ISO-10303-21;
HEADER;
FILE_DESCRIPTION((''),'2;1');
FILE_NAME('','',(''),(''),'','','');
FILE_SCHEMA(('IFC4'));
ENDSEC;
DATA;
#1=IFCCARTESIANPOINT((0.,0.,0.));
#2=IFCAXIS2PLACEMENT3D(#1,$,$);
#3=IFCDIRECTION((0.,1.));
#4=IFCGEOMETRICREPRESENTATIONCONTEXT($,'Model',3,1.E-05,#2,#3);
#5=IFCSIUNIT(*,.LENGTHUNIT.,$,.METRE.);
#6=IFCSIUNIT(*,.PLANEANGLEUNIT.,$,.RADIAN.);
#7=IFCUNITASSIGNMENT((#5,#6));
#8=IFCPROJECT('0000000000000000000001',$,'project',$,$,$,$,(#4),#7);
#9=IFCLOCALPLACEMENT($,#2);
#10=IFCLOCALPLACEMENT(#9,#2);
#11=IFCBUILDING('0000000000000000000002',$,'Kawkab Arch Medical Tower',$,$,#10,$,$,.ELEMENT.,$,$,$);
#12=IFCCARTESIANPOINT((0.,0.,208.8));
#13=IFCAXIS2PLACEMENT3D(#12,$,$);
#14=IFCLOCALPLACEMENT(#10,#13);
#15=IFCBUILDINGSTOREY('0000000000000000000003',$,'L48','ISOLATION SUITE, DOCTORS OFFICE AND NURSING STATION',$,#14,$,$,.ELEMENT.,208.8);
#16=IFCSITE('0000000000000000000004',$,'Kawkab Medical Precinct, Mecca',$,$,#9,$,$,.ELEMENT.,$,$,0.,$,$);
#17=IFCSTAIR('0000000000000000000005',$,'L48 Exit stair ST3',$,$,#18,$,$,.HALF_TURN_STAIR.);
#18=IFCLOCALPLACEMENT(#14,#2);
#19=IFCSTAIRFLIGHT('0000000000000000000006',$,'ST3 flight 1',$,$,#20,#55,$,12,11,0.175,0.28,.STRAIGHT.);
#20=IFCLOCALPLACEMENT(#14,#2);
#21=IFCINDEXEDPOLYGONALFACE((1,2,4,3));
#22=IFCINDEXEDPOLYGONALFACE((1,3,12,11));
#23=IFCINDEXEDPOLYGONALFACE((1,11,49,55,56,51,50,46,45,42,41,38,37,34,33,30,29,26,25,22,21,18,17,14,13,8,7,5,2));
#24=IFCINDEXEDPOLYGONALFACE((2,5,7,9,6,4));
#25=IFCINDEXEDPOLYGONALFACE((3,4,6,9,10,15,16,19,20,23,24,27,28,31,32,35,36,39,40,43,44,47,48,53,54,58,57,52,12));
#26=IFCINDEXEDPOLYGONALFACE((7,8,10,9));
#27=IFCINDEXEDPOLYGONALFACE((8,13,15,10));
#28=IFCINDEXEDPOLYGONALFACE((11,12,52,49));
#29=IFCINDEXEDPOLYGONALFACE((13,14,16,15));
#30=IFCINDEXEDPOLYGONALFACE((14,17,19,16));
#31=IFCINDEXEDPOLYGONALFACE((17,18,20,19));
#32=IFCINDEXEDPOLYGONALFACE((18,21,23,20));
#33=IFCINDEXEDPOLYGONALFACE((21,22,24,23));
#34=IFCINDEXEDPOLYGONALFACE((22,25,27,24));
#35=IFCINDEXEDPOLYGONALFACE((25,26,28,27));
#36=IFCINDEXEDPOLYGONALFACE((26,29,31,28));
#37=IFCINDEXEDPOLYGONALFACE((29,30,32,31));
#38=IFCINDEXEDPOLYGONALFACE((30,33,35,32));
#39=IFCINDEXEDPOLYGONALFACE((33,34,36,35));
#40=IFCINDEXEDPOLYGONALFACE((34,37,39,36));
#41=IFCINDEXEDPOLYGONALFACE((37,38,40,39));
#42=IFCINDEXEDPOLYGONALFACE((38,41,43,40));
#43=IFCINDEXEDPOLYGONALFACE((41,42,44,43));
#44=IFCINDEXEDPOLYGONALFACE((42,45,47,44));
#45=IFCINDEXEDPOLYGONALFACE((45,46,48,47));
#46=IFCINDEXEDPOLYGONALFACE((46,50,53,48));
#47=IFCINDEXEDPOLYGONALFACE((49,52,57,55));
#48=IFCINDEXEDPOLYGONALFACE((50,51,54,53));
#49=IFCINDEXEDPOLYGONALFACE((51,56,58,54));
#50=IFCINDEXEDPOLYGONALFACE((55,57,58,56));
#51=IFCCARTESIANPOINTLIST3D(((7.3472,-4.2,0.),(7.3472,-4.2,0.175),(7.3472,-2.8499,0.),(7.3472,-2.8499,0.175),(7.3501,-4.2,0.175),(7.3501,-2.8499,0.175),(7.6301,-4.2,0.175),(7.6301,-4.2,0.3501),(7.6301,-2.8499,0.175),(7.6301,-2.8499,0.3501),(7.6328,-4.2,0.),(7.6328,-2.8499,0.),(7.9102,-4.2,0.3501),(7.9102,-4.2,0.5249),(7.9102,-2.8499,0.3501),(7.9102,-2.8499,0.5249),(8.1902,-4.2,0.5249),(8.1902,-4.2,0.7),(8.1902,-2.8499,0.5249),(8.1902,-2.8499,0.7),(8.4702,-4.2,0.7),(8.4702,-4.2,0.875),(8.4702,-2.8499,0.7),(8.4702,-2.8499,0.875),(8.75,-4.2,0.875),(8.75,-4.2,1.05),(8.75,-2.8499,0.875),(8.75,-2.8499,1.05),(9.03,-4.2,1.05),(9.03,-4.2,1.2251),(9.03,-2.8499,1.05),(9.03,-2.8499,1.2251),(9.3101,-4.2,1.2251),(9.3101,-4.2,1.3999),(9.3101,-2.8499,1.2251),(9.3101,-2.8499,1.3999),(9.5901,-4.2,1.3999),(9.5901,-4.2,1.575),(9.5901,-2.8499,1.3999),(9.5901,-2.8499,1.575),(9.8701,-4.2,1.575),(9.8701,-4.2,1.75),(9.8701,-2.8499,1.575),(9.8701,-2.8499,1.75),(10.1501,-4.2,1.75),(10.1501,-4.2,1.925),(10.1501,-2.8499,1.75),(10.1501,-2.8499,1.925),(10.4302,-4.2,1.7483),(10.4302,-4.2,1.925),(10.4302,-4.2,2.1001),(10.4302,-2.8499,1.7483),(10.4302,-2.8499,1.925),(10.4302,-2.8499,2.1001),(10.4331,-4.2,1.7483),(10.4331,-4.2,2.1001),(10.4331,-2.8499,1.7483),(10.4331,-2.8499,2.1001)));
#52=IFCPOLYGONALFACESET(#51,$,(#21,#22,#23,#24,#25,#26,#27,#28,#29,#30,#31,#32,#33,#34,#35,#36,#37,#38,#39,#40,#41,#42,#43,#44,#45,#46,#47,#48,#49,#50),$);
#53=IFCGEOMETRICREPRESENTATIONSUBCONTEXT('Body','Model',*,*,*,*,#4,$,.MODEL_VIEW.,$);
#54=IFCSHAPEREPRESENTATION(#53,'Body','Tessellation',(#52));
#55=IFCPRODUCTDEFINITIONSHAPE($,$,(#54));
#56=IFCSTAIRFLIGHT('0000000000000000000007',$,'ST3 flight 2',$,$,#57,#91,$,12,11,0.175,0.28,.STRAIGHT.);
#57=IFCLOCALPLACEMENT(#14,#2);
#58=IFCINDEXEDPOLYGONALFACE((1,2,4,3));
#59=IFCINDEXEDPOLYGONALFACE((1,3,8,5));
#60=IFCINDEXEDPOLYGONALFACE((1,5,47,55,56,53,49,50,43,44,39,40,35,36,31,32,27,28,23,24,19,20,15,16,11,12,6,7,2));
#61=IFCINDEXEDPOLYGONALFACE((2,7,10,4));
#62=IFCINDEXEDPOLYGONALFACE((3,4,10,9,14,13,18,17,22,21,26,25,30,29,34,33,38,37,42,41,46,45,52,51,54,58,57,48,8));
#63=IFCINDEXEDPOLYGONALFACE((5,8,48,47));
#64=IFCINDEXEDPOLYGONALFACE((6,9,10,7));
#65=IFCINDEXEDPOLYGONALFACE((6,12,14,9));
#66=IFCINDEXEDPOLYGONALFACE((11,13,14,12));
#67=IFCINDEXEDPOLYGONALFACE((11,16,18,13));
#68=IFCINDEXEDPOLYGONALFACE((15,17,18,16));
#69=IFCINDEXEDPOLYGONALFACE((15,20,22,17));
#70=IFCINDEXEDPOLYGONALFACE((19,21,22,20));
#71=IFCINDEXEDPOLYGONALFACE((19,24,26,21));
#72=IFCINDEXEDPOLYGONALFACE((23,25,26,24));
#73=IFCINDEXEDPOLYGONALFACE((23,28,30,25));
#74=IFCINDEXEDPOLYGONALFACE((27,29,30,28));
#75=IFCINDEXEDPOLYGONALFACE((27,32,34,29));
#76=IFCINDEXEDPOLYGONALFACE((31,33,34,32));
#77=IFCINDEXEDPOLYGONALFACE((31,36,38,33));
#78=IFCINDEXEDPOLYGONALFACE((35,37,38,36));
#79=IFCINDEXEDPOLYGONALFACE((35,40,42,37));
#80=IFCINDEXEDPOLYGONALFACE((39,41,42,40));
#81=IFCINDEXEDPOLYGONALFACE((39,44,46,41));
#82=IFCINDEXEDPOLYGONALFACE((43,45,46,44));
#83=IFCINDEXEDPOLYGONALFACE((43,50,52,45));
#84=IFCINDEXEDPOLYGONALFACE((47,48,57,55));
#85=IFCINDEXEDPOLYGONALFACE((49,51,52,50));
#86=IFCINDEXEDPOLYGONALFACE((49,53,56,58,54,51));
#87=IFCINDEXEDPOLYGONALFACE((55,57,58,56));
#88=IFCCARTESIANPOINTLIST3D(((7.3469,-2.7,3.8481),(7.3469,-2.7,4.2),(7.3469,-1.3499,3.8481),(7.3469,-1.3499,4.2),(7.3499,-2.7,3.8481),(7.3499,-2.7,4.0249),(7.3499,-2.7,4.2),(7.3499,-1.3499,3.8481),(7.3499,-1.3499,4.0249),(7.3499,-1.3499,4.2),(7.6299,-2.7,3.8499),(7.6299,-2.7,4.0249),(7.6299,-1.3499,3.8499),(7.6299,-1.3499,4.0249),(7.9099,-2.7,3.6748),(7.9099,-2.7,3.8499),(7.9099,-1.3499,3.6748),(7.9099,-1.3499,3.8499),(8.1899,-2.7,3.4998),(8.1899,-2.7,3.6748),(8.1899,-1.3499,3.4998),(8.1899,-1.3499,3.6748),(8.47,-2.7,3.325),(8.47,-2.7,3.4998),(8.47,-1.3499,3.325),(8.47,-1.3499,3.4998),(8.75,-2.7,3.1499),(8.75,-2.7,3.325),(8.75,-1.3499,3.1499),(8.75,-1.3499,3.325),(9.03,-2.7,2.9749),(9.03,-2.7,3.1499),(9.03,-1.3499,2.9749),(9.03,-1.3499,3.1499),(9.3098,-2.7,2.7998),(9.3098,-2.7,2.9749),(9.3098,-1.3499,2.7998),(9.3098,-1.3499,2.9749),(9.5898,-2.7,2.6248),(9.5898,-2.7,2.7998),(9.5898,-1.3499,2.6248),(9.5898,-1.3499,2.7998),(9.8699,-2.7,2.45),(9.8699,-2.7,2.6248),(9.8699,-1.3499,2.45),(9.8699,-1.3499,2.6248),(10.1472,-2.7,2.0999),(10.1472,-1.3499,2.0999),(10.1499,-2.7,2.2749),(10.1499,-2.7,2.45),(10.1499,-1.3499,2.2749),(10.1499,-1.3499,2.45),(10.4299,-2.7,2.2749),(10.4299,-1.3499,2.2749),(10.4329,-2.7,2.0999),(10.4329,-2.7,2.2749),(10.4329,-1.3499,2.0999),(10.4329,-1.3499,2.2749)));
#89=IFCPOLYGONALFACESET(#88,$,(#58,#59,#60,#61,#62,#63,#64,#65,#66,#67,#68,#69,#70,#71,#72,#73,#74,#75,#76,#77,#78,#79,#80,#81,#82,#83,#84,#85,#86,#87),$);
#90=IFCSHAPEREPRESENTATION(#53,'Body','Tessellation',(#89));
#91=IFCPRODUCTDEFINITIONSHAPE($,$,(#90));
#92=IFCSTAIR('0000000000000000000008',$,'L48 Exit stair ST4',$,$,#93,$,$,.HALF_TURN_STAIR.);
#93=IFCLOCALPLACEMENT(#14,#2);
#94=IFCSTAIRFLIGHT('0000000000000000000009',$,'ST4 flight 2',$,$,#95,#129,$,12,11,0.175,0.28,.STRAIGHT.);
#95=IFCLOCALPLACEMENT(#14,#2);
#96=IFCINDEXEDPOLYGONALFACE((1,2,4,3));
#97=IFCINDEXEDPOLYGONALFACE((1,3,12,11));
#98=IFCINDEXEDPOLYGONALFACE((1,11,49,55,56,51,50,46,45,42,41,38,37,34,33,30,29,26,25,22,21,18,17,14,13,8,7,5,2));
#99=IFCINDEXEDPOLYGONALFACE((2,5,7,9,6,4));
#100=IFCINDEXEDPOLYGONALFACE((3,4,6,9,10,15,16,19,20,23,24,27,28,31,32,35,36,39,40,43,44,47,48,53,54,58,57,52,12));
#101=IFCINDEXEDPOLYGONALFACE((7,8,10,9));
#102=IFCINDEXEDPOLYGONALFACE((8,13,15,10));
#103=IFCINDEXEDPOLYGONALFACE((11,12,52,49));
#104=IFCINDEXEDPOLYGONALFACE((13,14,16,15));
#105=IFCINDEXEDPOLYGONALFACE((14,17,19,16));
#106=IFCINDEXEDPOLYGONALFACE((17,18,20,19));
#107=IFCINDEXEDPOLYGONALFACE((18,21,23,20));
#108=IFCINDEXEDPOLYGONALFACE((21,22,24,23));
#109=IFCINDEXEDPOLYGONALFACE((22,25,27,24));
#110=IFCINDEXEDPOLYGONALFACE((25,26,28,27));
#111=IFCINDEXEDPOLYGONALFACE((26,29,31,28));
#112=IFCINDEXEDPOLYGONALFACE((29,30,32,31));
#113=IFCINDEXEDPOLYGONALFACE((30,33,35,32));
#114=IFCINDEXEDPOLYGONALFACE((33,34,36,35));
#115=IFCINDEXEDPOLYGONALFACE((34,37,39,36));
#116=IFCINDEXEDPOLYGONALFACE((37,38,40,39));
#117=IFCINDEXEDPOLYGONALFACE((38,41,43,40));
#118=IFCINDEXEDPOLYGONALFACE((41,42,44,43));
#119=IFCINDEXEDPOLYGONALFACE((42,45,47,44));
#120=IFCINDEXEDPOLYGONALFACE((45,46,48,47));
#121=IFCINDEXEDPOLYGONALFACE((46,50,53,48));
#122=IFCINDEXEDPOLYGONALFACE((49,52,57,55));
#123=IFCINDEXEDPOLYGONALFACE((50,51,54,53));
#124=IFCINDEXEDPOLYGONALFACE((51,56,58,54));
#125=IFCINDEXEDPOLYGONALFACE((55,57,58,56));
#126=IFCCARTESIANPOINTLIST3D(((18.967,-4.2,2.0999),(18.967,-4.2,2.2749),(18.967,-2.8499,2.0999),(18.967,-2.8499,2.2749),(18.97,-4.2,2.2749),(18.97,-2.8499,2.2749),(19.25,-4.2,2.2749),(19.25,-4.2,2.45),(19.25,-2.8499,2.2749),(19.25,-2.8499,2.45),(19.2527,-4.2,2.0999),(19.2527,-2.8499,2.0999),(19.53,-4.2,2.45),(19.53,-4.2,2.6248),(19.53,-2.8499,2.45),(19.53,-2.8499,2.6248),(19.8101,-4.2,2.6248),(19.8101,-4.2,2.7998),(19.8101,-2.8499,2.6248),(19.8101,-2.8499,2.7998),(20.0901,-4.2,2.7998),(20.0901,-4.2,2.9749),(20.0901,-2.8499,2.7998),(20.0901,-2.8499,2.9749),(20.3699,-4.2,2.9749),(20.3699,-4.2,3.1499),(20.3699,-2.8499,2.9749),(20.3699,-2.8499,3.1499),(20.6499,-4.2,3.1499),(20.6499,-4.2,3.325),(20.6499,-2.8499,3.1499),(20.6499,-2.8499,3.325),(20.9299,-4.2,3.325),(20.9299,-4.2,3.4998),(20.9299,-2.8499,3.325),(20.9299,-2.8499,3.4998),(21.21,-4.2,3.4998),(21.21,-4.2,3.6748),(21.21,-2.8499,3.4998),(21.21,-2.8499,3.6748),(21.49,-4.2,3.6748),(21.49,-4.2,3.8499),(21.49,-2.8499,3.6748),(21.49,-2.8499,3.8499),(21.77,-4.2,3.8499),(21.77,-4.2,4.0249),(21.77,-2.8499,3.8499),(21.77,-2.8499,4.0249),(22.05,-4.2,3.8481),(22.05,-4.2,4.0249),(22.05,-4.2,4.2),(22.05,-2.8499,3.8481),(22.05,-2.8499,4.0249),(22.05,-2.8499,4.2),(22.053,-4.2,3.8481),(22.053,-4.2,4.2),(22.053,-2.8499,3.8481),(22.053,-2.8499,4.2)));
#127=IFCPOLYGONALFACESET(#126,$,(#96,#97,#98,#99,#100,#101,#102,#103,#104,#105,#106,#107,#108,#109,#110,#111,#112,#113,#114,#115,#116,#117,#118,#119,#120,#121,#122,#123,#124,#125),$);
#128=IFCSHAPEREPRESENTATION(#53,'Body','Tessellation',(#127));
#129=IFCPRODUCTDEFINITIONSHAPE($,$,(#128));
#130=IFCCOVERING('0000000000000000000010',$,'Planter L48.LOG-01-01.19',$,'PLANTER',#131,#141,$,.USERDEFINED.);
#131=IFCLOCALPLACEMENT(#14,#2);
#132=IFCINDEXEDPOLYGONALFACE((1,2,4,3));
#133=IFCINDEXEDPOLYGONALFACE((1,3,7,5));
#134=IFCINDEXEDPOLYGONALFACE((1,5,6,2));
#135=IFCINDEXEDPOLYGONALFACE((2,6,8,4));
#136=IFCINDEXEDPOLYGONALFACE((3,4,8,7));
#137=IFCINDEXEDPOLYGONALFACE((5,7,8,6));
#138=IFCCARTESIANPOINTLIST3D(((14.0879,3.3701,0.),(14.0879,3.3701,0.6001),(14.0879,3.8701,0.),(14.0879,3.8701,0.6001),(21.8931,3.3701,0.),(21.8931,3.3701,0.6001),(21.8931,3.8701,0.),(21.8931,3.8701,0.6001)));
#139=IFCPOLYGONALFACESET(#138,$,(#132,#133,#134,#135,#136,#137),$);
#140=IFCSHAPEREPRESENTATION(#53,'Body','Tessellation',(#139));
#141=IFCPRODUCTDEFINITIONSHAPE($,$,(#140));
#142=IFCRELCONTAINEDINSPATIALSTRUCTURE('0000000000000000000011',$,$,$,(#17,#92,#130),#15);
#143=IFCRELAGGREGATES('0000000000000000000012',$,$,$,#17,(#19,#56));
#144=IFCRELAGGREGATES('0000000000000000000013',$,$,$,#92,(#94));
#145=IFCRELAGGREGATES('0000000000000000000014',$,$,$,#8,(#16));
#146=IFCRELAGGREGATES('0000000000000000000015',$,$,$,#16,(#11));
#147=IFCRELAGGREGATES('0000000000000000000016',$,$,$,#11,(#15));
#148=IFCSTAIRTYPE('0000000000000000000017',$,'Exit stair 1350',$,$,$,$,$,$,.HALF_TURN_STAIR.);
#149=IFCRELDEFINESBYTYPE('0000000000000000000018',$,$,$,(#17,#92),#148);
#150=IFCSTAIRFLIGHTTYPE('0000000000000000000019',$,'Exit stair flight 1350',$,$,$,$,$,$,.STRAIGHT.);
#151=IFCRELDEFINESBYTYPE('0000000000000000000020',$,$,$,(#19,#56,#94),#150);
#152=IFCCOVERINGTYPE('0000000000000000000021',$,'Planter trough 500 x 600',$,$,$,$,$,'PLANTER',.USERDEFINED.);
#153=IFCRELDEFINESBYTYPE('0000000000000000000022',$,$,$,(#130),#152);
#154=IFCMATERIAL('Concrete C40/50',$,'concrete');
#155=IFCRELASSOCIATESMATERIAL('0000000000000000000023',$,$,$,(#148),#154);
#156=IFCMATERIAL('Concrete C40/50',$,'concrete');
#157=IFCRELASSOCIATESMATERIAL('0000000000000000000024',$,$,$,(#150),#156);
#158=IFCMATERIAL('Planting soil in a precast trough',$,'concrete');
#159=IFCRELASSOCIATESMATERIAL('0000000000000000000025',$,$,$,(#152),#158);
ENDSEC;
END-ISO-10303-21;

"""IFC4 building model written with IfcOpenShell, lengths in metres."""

from ifc_helpers import new_model, si_unit, direction, frame, origin, origin_2d, place, context, subcontext, project, spatial, polyline, rectangle, outline, extrude, material, material_profile, profile_set, type_object, element, aggregate, save


model = new_model("IFC4")

# Units and contexts
model_context = context("Model", 3, precision=1e-05, world=origin(), true_north=direction((0.0, 1.0)))
body_context = subcontext(model_context, "Body", "Model", "MODEL_VIEW")
ifc_project = project(units=[si_unit("LENGTHUNIT", "METRE"), si_unit("PLANEANGLEUNIT", "RADIAN")], contexts=[model_context])

# Site, building, storey
site_placement = place(None, origin())
site = spatial("IfcSite", under=ifc_project, at=site_placement, Name="Kawkab Medical Precinct, Mecca", CompositionType="ELEMENT", RefElevation=0.0)
building_placement = place(site_placement, origin())
building = spatial("IfcBuilding", under=site, at=building_placement, Name="Kawkab Arch Medical Tower", CompositionType="ELEMENT")
storey_placement = place(building_placement, frame((0.0, 0.0, 208.8)))
storey = spatial("IfcBuildingStorey", under=building, at=storey_placement, Name="L48", Description="ISOLATION SUITE, DOCTORS OFFICE AND NURSING STATION", CompositionType="ELEMENT", Elevation=208.8)

# Shared definitions
placement = place(storey_placement, origin())

# Stair, stair flights
ifc_material_1 = material(Name="Concrete C40/50", Category="concrete")
stair_type = type_object("IfcStairType", Name="Exit stair 1350", PredefinedType="HALF_TURN_STAIR", material=ifc_material_1)
stair_1 = element("IfcStair", 1, at=placement, inside=storey, type_object=stair_type, Name="L48 Exit stair ST3", PredefinedType="HALF_TURN_STAIR")
ifc_material_2 = material(Name="Concrete C40/50", Category="concrete")
stair_flight_type = type_object("IfcStairFlightType", Name="Exit stair flight 1350", PredefinedType="STRAIGHT", material=ifc_material_2)
stair_flight_1_placement = place(storey_placement, frame((7.3501, -3.5249, 0.0), z_axis=(0.0, 0.0, 1.0), x_axis=(1.0, 0.0, 0.0)))
stair_flight_1 = element("IfcStairFlight", 2, at=stair_flight_1_placement, type_object=stair_flight_type, Name="ST3 flight 1", NumberOfRisers=12, NumberOfTreads=11, PredefinedType="STRAIGHT", RiserHeight=0.175, TreadLength=0.28, context=body_context, shape_type="SweptSolid", body=[
    extrude(outline(polyline([(-0.0029, 0.0), (-0.0029, 0.175), (0.0, 0.175), (0.28, 0.175), (0.28, 0.3501), (0.5601, 0.3501), (0.5601, 0.5249), (0.8401, 0.5249), (0.8401, 0.7), (1.1201, 0.7), (1.1201, 0.875), (1.3999, 0.875), (1.3999, 1.05), (1.6799, 1.05), (1.6799, 1.2251), (1.96, 1.2251), (1.96, 1.3999), (2.24, 1.3999), (2.24, 1.575), (2.52, 1.575), (2.52, 1.75), (2.8, 1.75), (2.8, 1.925), (3.0801, 1.925), (3.0801, 2.1001), (3.083, 2.1001), (3.083, 1.7483), (3.0801, 1.7483), (0.2827, 0.0), (-0.0029, 0.0)])), frame((0.0, 0.675, 0.0), z_axis=(0.0, -1.0, 0.0), x_axis=(1.0, 0.0, 0.0)), (0.0, 0.0, 1.0), 1.3501),
])
stair_flight_2_placement = place(storey_placement, frame((10.4299, -2.0249, 2.0999), z_axis=(0.0, 0.0, 1.0), x_axis=(-1.0, 0.0, 0.0)))
stair_flight_2 = element("IfcStairFlight", 3, at=stair_flight_2_placement, type_object=stair_flight_type, Name="ST3 flight 2", NumberOfRisers=12, NumberOfTreads=11, PredefinedType="STRAIGHT", RiserHeight=0.175, TreadLength=0.28, context=body_context, shape_type="SweptSolid", body=[
    extrude(outline(polyline([(-0.0029, 0.0), (-0.0029, 0.175), (0.0, 0.175), (0.28, 0.175), (0.28, 0.3501), (0.5601, 0.3501), (0.5601, 0.5249), (0.8401, 0.5249), (0.8401, 0.7), (1.1201, 0.7), (1.1201, 0.875), (1.3999, 0.875), (1.3999, 1.05), (1.6799, 1.05), (1.6799, 1.2251), (1.96, 1.2251), (1.96, 1.3999), (2.24, 1.3999), (2.24, 1.575), (2.52, 1.575), (2.52, 1.75), (2.8, 1.75), (2.8, 1.925), (3.0801, 1.925), (3.0801, 2.1001), (3.083, 2.1001), (3.083, 1.7483), (3.0801, 1.7483), (0.2827, 0.0), (-0.0029, 0.0)])), frame((0.0, 0.675, 0.0), z_axis=(0.0, -1.0, 0.0), x_axis=(1.0, 0.0, 0.0)), (0.0, 0.0, 1.0), 1.3501),
])
aggregate(stair_1, [stair_flight_1, stair_flight_2])

# Stair, stair flight
stair_2 = element("IfcStair", 4, at=placement, inside=storey, type_object=stair_type, Name="L48 Exit stair ST4", PredefinedType="HALF_TURN_STAIR")
stair_flight_3_placement = place(storey_placement, frame((18.97, -3.5249, 2.0999), z_axis=(0.0, 0.0, 1.0), x_axis=(1.0, 0.0, 0.0)))
stair_flight_3 = element("IfcStairFlight", 5, at=stair_flight_3_placement, type_object=stair_flight_type, Name="ST4 flight 2", NumberOfRisers=12, NumberOfTreads=11, PredefinedType="STRAIGHT", RiserHeight=0.175, TreadLength=0.28, context=body_context, shape_type="SweptSolid", body=[
    extrude(outline(polyline([(-0.0029, 0.0), (-0.0029, 0.175), (0.0, 0.175), (0.28, 0.175), (0.28, 0.3501), (0.5601, 0.3501), (0.5601, 0.5249), (0.8401, 0.5249), (0.8401, 0.7), (1.1201, 0.7), (1.1201, 0.875), (1.3999, 0.875), (1.3999, 1.05), (1.6799, 1.05), (1.6799, 1.2251), (1.96, 1.2251), (1.96, 1.3999), (2.24, 1.3999), (2.24, 1.575), (2.52, 1.575), (2.52, 1.75), (2.8, 1.75), (2.8, 1.925), (3.0801, 1.925), (3.0801, 2.1001), (3.083, 2.1001), (3.083, 1.7483), (3.0801, 1.7483), (0.2827, 0.0), (-0.0029, 0.0)])), frame((0.0, 0.675, 0.0), z_axis=(0.0, -1.0, 0.0), x_axis=(1.0, 0.0, 0.0)), (0.0, 0.0, 1.0), 1.3501),
])
aggregate(stair_2, [stair_flight_3])

# Covering
ifc_material_3 = material(Name="Planting soil in a precast trough", Category="concrete")
ifc_material_profile_1 = material_profile(ifc_material_3, rectangle(XDim=0.5, YDim=0.6001, at=origin_2d()), Name="Trough 500x600")
ifc_profile_set_1 = profile_set([ifc_material_profile_1], Name="Planting soil in a precast trough")
covering_type = type_object("IfcCoveringType", Name="Planter trough 500 x 600", ElementType="PLANTER", PredefinedType="USERDEFINED", material=ifc_profile_set_1)
covering_placement = place(storey_placement, frame((14.0879, 3.6201, 0.3), z_axis=(1.0, 0.0, 0.0), x_axis=(0.0, 1.0, 0.0)))
element("IfcCovering", 6, at=covering_placement, inside=storey, type_object=covering_type, Name="Planter L48.LOG-01-01.19", ObjectType="PLANTER", PredefinedType="USERDEFINED", context=body_context, shape_type="SweptSolid", body=[
    extrude(rectangle(XDim=0.5, YDim=0.6001, at=origin_2d()), origin(), (0.0, 0.0, 1.0), 7.8052),
])

save(model, "model.ifc")
